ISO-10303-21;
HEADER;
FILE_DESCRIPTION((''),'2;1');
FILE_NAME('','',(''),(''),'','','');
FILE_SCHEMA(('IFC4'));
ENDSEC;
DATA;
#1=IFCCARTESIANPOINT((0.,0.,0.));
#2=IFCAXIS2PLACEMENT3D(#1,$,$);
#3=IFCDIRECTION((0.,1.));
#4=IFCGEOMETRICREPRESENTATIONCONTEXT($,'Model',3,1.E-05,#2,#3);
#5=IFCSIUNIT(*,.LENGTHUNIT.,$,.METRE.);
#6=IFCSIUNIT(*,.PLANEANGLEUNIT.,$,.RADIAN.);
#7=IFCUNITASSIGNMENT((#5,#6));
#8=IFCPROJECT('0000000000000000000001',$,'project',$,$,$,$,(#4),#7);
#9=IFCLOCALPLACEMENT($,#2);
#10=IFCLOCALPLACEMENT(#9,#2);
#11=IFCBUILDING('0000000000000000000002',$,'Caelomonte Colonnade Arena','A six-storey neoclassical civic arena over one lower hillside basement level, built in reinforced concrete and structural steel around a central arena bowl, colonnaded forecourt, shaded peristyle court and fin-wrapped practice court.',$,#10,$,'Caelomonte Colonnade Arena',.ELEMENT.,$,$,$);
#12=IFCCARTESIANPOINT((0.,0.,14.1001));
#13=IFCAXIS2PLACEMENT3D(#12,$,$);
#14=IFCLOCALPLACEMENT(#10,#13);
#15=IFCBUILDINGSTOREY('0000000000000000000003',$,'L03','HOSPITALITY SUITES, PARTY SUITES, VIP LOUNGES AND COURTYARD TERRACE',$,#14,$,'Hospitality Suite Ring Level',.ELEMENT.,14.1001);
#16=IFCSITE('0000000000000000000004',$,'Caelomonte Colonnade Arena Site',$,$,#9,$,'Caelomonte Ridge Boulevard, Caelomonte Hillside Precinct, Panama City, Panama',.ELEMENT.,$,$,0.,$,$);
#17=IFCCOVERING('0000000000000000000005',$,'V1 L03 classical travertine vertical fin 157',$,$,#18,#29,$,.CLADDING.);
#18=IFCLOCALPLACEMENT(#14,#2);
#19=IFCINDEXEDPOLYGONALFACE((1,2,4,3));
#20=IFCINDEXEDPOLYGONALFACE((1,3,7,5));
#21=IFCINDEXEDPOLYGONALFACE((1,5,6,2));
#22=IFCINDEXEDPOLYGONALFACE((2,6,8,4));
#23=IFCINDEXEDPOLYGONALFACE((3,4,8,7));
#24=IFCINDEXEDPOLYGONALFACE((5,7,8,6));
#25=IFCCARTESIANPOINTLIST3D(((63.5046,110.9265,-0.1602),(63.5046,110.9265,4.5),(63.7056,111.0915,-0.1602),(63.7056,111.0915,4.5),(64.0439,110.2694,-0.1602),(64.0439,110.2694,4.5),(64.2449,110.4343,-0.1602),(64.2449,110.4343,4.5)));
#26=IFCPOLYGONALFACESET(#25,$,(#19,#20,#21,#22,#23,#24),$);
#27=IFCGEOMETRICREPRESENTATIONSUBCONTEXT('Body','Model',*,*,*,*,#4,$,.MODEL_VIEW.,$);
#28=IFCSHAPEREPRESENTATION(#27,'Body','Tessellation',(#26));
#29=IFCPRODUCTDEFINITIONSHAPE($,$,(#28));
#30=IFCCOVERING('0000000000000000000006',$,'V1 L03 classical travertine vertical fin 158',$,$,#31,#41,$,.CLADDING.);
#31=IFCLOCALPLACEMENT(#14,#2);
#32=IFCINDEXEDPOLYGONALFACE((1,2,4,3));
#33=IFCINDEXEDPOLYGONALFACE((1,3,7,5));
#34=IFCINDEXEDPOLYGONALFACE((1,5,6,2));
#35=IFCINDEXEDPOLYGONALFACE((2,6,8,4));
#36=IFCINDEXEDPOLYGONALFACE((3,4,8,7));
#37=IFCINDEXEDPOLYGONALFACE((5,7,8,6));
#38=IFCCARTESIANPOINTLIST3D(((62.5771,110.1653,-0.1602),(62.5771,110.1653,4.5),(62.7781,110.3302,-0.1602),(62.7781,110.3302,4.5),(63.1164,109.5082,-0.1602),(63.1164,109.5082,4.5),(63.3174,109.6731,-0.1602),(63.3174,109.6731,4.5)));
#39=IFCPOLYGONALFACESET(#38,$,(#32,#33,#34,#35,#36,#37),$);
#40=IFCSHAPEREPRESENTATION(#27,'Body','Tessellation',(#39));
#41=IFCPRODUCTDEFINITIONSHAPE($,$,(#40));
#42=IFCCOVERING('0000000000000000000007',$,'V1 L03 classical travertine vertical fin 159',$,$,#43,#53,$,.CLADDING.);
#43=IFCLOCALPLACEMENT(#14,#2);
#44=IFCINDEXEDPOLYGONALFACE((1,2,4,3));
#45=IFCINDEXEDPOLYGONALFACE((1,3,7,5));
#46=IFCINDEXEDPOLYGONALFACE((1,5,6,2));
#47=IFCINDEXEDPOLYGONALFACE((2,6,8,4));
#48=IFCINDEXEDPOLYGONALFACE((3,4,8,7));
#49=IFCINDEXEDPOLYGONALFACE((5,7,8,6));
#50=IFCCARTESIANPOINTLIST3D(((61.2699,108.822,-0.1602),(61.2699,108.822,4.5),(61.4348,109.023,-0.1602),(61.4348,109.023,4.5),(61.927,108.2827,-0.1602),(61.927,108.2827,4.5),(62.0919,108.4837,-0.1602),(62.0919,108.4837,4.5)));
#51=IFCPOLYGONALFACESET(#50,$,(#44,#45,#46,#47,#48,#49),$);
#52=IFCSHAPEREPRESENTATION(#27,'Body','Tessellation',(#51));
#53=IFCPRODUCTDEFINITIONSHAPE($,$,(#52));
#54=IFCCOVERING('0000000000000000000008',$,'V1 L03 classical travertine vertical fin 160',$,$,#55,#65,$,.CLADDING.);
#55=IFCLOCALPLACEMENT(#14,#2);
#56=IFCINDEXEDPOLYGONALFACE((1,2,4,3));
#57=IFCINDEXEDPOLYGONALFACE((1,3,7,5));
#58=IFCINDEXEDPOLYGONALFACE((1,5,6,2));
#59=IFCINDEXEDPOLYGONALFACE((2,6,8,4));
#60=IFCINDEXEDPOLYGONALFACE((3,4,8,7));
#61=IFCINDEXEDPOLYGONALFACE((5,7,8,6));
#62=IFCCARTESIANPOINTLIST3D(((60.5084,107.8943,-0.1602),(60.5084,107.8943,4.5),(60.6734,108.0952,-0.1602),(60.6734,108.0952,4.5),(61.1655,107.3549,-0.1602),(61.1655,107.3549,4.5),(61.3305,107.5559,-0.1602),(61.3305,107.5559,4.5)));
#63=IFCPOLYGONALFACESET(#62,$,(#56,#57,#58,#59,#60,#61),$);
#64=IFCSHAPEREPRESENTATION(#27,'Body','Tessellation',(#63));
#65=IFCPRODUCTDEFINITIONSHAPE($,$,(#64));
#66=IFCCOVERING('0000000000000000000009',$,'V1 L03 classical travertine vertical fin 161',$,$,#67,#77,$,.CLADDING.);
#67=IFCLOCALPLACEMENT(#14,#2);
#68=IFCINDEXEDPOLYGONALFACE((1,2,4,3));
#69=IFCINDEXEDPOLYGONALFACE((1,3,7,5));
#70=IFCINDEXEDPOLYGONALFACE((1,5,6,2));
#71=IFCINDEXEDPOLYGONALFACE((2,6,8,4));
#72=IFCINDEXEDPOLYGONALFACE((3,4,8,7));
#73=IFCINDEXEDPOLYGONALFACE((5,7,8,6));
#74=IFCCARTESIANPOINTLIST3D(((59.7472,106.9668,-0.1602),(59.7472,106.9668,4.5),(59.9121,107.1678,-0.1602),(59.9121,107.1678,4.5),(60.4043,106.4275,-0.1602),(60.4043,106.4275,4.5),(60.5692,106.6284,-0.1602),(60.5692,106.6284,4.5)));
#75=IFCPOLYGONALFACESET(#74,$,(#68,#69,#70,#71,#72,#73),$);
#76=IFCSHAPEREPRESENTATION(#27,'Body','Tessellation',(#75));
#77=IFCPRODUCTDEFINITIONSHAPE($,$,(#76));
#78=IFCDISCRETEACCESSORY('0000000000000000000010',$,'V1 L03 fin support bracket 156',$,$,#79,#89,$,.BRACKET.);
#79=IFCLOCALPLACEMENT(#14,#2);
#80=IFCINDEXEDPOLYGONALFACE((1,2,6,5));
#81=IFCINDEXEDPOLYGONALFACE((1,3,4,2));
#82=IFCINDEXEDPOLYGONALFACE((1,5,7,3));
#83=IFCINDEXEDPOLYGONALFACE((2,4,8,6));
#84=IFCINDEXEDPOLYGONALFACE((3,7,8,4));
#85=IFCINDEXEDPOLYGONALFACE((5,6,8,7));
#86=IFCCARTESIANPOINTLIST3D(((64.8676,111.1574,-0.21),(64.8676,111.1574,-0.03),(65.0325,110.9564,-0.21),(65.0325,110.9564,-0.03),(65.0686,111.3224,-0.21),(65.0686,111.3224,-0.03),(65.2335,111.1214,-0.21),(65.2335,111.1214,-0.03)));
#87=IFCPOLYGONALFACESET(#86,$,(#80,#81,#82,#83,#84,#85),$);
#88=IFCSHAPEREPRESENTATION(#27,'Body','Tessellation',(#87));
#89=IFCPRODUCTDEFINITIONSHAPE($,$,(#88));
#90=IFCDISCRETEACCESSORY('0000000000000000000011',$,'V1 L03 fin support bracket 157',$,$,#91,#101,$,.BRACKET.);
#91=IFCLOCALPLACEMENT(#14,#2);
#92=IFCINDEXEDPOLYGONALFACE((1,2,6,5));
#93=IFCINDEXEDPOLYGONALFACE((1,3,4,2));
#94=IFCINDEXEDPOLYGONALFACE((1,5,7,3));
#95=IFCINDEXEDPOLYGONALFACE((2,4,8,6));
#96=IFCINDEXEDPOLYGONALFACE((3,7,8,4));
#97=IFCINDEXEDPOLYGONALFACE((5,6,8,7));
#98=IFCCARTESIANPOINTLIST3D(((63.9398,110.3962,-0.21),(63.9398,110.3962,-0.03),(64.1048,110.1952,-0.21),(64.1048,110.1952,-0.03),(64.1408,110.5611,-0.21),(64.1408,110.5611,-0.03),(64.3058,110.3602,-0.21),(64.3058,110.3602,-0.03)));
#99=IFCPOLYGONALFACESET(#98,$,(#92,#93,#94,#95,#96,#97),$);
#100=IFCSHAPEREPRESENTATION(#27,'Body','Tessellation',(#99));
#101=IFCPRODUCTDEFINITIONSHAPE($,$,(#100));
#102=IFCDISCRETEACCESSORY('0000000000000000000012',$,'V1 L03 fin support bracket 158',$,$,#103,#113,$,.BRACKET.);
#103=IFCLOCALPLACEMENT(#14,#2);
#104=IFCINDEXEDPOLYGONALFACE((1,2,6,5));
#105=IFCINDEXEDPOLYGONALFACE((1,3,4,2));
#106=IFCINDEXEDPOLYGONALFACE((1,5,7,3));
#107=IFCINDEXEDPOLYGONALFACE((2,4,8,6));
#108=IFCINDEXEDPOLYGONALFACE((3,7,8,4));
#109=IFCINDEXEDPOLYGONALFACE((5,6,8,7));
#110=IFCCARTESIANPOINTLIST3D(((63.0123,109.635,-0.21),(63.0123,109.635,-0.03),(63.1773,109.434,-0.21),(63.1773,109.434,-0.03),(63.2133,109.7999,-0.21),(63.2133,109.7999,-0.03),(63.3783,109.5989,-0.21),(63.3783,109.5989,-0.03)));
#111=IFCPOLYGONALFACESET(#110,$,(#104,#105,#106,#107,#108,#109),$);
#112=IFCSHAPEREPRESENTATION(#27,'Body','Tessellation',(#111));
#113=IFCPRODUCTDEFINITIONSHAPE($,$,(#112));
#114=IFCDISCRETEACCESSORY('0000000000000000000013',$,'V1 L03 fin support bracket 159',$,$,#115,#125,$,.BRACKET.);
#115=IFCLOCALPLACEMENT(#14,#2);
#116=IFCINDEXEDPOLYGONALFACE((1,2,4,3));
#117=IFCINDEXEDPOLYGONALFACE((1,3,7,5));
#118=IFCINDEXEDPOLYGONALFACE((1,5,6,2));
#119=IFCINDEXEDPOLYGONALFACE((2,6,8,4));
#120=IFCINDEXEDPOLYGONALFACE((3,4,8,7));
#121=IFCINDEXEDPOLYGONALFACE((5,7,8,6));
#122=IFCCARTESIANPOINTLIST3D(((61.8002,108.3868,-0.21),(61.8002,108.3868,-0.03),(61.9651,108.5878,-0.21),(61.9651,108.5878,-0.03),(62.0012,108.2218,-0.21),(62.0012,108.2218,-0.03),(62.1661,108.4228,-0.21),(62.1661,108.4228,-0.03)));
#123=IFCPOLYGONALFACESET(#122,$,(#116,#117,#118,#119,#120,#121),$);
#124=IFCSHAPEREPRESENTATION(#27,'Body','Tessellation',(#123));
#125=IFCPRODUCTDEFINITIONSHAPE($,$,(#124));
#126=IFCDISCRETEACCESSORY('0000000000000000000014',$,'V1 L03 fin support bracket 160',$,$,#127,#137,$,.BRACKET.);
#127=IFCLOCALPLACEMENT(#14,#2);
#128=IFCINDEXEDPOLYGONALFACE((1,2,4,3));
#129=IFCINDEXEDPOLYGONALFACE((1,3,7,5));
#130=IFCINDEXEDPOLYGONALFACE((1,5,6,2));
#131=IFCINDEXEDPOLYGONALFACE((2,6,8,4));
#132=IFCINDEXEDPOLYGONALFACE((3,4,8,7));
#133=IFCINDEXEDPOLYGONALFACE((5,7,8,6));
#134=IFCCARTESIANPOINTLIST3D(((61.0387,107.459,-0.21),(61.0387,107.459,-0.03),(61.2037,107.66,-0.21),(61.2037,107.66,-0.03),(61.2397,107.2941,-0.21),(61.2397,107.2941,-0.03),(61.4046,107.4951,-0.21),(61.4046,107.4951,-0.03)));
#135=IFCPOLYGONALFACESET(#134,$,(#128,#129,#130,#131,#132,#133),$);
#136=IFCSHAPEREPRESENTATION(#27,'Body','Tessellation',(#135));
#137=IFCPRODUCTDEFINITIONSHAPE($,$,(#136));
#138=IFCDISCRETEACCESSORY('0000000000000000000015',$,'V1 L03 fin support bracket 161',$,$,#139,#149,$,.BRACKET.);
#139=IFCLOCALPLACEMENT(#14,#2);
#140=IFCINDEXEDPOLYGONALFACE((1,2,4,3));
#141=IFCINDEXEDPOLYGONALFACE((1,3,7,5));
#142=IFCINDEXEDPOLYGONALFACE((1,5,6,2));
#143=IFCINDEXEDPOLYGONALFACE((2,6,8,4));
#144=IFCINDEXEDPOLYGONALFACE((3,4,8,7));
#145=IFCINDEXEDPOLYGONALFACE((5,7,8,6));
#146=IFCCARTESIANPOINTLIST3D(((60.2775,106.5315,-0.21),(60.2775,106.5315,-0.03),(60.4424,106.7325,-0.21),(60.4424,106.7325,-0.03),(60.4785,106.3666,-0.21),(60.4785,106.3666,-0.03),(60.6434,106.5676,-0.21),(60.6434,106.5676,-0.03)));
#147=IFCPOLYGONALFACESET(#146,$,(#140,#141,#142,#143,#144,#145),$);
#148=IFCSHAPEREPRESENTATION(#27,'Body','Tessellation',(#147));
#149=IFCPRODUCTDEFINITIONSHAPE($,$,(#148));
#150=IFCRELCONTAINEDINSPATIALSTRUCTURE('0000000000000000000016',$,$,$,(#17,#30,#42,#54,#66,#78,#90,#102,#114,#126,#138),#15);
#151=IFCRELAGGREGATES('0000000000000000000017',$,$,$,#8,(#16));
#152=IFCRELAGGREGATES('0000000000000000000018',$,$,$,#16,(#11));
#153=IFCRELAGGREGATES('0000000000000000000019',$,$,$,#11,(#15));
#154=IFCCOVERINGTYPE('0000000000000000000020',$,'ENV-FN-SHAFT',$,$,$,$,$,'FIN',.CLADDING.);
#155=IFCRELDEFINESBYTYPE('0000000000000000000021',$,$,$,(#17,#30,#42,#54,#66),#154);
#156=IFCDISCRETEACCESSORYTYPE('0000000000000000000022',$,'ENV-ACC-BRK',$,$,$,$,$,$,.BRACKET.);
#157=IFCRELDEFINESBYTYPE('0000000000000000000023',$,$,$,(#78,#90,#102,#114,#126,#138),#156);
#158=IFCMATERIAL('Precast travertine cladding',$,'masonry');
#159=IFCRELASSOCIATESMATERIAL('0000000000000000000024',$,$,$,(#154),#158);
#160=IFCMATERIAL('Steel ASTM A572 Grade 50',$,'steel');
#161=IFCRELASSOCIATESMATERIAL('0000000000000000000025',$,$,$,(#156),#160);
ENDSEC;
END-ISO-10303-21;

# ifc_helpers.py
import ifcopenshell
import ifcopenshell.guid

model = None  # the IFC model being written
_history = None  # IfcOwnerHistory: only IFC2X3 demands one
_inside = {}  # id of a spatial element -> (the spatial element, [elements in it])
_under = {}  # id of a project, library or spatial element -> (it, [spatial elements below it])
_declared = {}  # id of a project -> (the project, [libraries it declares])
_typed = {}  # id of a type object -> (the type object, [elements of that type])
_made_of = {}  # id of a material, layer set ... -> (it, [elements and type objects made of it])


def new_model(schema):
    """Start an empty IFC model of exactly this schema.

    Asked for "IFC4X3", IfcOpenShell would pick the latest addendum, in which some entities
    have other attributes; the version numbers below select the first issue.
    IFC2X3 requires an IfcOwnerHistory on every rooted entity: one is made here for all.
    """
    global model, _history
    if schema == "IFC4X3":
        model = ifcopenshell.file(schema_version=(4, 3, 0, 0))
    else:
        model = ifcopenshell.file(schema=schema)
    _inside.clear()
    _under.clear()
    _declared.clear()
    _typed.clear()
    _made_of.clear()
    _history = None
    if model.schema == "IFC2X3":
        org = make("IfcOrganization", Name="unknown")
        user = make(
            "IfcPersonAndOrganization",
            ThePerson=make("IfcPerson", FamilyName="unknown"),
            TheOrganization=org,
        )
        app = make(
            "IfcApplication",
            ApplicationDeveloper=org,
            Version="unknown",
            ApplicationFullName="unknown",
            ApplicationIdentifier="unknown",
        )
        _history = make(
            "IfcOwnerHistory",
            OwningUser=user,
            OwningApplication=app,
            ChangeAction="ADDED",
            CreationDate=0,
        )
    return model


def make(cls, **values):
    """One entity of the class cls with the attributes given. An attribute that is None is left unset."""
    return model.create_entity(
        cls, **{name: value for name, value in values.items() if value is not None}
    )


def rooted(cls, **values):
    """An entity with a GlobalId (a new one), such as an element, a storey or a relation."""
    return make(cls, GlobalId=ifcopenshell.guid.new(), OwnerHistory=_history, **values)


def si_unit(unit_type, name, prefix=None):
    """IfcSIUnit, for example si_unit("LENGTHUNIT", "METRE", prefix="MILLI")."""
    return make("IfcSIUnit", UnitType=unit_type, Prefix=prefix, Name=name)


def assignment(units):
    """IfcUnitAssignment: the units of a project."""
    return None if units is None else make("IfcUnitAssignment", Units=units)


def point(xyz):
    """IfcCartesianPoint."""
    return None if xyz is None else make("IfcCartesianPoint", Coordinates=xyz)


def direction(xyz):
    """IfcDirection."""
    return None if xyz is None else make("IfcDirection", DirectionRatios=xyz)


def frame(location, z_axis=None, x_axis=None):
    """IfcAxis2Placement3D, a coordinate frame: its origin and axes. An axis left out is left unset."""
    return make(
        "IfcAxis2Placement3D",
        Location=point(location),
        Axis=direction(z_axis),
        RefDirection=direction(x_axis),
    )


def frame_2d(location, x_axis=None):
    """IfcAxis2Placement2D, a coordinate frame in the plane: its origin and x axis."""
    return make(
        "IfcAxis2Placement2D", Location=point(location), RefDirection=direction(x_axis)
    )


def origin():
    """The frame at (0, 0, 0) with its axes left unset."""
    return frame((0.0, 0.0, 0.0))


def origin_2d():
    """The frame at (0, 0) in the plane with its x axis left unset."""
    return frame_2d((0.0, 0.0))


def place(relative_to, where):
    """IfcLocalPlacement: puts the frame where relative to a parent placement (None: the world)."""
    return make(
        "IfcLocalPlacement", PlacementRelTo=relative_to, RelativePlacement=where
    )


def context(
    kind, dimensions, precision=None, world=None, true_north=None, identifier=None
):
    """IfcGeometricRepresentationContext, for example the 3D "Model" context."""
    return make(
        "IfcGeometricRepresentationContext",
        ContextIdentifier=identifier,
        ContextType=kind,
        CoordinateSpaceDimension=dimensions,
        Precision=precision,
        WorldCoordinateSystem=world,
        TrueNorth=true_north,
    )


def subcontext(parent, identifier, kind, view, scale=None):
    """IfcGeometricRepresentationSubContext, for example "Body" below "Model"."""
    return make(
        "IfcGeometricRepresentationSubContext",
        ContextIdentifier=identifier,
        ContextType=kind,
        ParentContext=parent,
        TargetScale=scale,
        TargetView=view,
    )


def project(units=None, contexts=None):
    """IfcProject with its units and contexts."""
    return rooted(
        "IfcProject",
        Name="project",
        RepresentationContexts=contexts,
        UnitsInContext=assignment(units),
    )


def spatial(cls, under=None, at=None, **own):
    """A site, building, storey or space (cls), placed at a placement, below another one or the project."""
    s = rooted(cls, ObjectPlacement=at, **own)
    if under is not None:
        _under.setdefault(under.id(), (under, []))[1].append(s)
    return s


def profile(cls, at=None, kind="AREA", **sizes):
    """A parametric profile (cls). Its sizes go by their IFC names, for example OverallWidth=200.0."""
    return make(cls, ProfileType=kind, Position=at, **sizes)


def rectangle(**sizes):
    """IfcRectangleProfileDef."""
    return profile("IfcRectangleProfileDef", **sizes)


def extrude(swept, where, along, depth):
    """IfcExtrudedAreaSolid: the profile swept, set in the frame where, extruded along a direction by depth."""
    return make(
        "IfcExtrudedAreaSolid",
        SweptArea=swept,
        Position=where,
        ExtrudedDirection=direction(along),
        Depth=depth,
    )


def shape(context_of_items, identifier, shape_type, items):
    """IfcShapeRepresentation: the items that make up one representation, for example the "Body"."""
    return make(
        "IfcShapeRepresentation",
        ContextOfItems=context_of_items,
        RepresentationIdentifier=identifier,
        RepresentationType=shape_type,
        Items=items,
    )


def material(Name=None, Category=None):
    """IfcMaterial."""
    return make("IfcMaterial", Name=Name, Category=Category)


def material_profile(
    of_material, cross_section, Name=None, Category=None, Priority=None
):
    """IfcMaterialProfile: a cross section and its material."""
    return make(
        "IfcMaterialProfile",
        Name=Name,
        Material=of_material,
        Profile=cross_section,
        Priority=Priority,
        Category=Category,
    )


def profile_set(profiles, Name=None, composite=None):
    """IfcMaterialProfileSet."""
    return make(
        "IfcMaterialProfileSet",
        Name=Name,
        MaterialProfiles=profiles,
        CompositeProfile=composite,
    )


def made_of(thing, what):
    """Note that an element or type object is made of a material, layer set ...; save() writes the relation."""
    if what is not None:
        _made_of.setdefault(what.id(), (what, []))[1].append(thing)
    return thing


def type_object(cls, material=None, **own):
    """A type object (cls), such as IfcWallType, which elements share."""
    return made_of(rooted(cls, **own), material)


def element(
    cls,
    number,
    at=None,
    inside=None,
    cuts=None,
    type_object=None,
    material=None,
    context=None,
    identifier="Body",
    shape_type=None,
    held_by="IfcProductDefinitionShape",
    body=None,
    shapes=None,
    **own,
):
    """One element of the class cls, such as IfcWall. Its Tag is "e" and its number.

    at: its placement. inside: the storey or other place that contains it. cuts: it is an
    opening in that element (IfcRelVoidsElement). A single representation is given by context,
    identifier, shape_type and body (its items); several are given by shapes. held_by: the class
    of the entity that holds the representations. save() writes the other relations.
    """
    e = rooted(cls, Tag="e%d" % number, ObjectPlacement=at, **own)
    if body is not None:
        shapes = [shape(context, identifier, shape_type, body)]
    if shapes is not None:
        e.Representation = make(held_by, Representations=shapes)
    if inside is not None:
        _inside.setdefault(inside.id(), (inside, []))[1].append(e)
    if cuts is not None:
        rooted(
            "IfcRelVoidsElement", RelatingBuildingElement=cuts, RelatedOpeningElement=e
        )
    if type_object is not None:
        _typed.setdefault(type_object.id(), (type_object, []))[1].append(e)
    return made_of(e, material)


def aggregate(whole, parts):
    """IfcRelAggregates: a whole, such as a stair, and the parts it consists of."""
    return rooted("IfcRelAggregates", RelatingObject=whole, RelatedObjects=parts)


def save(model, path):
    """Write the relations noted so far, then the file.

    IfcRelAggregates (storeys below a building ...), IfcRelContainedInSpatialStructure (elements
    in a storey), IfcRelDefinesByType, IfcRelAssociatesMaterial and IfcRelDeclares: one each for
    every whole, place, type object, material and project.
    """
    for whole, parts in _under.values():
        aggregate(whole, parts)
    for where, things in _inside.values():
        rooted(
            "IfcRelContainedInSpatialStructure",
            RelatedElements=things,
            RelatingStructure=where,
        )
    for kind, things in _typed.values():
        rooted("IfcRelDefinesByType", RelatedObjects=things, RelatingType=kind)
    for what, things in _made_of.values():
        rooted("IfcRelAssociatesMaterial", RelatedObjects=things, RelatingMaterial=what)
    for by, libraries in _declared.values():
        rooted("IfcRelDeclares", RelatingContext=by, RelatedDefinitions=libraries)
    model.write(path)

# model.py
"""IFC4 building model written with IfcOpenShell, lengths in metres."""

from ifc_helpers import new_model, si_unit, direction, frame, origin, origin_2d, place, context, subcontext, project, spatial, rectangle, extrude, material, material_profile, profile_set, type_object, element, save


model = new_model("IFC4")

# Units and contexts
model_context = context("Model", 3, precision=1e-05, world=origin(), true_north=direction((0.0, 1.0)))
body_context = subcontext(model_context, "Body", "Model", "MODEL_VIEW")
ifc_project = project(units=[si_unit("LENGTHUNIT", "METRE"), si_unit("PLANEANGLEUNIT", "RADIAN")], contexts=[model_context])

# Site, building, storey
site_placement = place(None, origin())
site = spatial("IfcSite", under=ifc_project, at=site_placement, Name="Caelomonte Colonnade Arena Site", LongName="Caelomonte Ridge Boulevard, Caelomonte Hillside Precinct, Panama City, Panama", CompositionType="ELEMENT", RefElevation=0.0)
building_placement = place(site_placement, origin())
building = spatial("IfcBuilding", under=site, at=building_placement, Name="Caelomonte Colonnade Arena", Description="A six-storey neoclassical civic arena over one lower hillside basement level, built in reinforced concrete and structural steel around a central arena bowl, colonnaded forecourt, shaded peristyle court and fin-wrapped practice court.", LongName="Caelomonte Colonnade Arena", CompositionType="ELEMENT")
storey_placement = place(building_placement, frame((0.0, 0.0, 14.1001)))
storey = spatial("IfcBuildingStorey", under=building, at=storey_placement, Name="L03", Description="HOSPITALITY SUITES, PARTY SUITES, VIP LOUNGES AND COURTYARD TERRACE", LongName="Hospitality Suite Ring Level", CompositionType="ELEMENT", Elevation=14.1001)

# Coverings
ifc_material_1 = material(Name="Precast travertine cladding", Category="masonry")
ifc_material_profile_1 = material_profile(ifc_material_1, rectangle(XDim=0.26, YDim=0.8501, at=origin_2d()), Name="FIN260X850")
ifc_profile_set_1 = profile_set([ifc_material_profile_1], Name="Precast travertine cladding")
covering_type = type_object("IfcCoveringType", Name="ENV-FN-SHAFT", ElementType="FIN", PredefinedType="CLADDING", material=ifc_profile_set_1)
for number, where, z_axis, x_axis, name in (
    (1, (63.8748, 110.6804, -0.1602), (0.0, 0.0, 1.0), (0.772994, 0.634414, 0.0), "V1 L03 classical travertine vertical fin 157"),
    (2, (62.9473, 109.9192, -0.1602), (0.0, 0.0, 1.0), (0.772994, 0.634414, 0.0), "V1 L03 classical travertine vertical fin 158"),
    (3, (61.6809, 108.6528, -0.1602), (0.0, 0.0, 1.0), (0.634414, 0.772994, 0.0), "V1 L03 classical travertine vertical fin 159"),
    (4, (60.9194, 107.7251, -0.1602), (0.0, 0.0, 1.0), (0.634414, 0.772994, 0.0), "V1 L03 classical travertine vertical fin 160"),
    (5, (60.1582, 106.7976, -0.1602), (0.0, 0.0, 1.0), (0.634414, 0.772994, 0.0), "V1 L03 classical travertine vertical fin 161"),
):
    element("IfcCovering", number, at=place(storey_placement, frame(where, z_axis=z_axis, x_axis=x_axis)), inside=storey, type_object=covering_type, Name=name, PredefinedType="CLADDING", context=body_context, shape_type="SweptSolid", body=[
        extrude(rectangle(XDim=0.26, YDim=0.8501, at=origin_2d()), origin(), (0.0, 0.0, 1.0), 4.6602),
    ])

# Discrete accessories
ifc_material_2 = material(Name="Steel ASTM A572 Grade 50", Category="steel")
discrete_accessory_type = type_object("IfcDiscreteAccessoryType", Name="ENV-ACC-BRK", PredefinedType="BRACKET", material=ifc_material_2)
for number, where, z_axis, x_axis, name in (
    (6, (65.0505, 111.1394, -0.21), (0.0, 0.0, 1.0), (-0.772994, -0.634414, 0.0), "V1 L03 fin support bracket 156"),
    (7, (64.1228, 110.3782, -0.21), (0.0, 0.0, 1.0), (-0.772994, -0.634414, 0.0), "V1 L03 fin support bracket 157"),
    (8, (63.1953, 109.6169, -0.21), (0.0, 0.0, 1.0), (-0.772994, -0.634414, 0.0), "V1 L03 fin support bracket 158"),
    (9, (61.9832, 108.4048, -0.21), (0.0, 0.0, 1.0), (-0.634414, -0.772994, 0.0), "V1 L03 fin support bracket 159"),
    (10, (61.2217, 107.4771, -0.21), (0.0, 0.0, 1.0), (-0.634414, -0.772994, 0.0), "V1 L03 fin support bracket 160"),
    (11, (60.4604, 106.5496, -0.21), (0.0, 0.0, 1.0), (-0.634414, -0.772994, 0.0), "V1 L03 fin support bracket 161"),
):
    element("IfcDiscreteAccessory", number, at=place(storey_placement, frame(where, z_axis=z_axis, x_axis=x_axis)), inside=storey, type_object=discrete_accessory_type, Name=name, PredefinedType="BRACKET", context=body_context, shape_type="SweptSolid", body=[
        extrude(rectangle(XDim=0.26, YDim=0.26, at=origin_2d()), origin(), (0.0, 0.0, 1.0), 0.1799),
    ])

save(model, "model.ifc")
